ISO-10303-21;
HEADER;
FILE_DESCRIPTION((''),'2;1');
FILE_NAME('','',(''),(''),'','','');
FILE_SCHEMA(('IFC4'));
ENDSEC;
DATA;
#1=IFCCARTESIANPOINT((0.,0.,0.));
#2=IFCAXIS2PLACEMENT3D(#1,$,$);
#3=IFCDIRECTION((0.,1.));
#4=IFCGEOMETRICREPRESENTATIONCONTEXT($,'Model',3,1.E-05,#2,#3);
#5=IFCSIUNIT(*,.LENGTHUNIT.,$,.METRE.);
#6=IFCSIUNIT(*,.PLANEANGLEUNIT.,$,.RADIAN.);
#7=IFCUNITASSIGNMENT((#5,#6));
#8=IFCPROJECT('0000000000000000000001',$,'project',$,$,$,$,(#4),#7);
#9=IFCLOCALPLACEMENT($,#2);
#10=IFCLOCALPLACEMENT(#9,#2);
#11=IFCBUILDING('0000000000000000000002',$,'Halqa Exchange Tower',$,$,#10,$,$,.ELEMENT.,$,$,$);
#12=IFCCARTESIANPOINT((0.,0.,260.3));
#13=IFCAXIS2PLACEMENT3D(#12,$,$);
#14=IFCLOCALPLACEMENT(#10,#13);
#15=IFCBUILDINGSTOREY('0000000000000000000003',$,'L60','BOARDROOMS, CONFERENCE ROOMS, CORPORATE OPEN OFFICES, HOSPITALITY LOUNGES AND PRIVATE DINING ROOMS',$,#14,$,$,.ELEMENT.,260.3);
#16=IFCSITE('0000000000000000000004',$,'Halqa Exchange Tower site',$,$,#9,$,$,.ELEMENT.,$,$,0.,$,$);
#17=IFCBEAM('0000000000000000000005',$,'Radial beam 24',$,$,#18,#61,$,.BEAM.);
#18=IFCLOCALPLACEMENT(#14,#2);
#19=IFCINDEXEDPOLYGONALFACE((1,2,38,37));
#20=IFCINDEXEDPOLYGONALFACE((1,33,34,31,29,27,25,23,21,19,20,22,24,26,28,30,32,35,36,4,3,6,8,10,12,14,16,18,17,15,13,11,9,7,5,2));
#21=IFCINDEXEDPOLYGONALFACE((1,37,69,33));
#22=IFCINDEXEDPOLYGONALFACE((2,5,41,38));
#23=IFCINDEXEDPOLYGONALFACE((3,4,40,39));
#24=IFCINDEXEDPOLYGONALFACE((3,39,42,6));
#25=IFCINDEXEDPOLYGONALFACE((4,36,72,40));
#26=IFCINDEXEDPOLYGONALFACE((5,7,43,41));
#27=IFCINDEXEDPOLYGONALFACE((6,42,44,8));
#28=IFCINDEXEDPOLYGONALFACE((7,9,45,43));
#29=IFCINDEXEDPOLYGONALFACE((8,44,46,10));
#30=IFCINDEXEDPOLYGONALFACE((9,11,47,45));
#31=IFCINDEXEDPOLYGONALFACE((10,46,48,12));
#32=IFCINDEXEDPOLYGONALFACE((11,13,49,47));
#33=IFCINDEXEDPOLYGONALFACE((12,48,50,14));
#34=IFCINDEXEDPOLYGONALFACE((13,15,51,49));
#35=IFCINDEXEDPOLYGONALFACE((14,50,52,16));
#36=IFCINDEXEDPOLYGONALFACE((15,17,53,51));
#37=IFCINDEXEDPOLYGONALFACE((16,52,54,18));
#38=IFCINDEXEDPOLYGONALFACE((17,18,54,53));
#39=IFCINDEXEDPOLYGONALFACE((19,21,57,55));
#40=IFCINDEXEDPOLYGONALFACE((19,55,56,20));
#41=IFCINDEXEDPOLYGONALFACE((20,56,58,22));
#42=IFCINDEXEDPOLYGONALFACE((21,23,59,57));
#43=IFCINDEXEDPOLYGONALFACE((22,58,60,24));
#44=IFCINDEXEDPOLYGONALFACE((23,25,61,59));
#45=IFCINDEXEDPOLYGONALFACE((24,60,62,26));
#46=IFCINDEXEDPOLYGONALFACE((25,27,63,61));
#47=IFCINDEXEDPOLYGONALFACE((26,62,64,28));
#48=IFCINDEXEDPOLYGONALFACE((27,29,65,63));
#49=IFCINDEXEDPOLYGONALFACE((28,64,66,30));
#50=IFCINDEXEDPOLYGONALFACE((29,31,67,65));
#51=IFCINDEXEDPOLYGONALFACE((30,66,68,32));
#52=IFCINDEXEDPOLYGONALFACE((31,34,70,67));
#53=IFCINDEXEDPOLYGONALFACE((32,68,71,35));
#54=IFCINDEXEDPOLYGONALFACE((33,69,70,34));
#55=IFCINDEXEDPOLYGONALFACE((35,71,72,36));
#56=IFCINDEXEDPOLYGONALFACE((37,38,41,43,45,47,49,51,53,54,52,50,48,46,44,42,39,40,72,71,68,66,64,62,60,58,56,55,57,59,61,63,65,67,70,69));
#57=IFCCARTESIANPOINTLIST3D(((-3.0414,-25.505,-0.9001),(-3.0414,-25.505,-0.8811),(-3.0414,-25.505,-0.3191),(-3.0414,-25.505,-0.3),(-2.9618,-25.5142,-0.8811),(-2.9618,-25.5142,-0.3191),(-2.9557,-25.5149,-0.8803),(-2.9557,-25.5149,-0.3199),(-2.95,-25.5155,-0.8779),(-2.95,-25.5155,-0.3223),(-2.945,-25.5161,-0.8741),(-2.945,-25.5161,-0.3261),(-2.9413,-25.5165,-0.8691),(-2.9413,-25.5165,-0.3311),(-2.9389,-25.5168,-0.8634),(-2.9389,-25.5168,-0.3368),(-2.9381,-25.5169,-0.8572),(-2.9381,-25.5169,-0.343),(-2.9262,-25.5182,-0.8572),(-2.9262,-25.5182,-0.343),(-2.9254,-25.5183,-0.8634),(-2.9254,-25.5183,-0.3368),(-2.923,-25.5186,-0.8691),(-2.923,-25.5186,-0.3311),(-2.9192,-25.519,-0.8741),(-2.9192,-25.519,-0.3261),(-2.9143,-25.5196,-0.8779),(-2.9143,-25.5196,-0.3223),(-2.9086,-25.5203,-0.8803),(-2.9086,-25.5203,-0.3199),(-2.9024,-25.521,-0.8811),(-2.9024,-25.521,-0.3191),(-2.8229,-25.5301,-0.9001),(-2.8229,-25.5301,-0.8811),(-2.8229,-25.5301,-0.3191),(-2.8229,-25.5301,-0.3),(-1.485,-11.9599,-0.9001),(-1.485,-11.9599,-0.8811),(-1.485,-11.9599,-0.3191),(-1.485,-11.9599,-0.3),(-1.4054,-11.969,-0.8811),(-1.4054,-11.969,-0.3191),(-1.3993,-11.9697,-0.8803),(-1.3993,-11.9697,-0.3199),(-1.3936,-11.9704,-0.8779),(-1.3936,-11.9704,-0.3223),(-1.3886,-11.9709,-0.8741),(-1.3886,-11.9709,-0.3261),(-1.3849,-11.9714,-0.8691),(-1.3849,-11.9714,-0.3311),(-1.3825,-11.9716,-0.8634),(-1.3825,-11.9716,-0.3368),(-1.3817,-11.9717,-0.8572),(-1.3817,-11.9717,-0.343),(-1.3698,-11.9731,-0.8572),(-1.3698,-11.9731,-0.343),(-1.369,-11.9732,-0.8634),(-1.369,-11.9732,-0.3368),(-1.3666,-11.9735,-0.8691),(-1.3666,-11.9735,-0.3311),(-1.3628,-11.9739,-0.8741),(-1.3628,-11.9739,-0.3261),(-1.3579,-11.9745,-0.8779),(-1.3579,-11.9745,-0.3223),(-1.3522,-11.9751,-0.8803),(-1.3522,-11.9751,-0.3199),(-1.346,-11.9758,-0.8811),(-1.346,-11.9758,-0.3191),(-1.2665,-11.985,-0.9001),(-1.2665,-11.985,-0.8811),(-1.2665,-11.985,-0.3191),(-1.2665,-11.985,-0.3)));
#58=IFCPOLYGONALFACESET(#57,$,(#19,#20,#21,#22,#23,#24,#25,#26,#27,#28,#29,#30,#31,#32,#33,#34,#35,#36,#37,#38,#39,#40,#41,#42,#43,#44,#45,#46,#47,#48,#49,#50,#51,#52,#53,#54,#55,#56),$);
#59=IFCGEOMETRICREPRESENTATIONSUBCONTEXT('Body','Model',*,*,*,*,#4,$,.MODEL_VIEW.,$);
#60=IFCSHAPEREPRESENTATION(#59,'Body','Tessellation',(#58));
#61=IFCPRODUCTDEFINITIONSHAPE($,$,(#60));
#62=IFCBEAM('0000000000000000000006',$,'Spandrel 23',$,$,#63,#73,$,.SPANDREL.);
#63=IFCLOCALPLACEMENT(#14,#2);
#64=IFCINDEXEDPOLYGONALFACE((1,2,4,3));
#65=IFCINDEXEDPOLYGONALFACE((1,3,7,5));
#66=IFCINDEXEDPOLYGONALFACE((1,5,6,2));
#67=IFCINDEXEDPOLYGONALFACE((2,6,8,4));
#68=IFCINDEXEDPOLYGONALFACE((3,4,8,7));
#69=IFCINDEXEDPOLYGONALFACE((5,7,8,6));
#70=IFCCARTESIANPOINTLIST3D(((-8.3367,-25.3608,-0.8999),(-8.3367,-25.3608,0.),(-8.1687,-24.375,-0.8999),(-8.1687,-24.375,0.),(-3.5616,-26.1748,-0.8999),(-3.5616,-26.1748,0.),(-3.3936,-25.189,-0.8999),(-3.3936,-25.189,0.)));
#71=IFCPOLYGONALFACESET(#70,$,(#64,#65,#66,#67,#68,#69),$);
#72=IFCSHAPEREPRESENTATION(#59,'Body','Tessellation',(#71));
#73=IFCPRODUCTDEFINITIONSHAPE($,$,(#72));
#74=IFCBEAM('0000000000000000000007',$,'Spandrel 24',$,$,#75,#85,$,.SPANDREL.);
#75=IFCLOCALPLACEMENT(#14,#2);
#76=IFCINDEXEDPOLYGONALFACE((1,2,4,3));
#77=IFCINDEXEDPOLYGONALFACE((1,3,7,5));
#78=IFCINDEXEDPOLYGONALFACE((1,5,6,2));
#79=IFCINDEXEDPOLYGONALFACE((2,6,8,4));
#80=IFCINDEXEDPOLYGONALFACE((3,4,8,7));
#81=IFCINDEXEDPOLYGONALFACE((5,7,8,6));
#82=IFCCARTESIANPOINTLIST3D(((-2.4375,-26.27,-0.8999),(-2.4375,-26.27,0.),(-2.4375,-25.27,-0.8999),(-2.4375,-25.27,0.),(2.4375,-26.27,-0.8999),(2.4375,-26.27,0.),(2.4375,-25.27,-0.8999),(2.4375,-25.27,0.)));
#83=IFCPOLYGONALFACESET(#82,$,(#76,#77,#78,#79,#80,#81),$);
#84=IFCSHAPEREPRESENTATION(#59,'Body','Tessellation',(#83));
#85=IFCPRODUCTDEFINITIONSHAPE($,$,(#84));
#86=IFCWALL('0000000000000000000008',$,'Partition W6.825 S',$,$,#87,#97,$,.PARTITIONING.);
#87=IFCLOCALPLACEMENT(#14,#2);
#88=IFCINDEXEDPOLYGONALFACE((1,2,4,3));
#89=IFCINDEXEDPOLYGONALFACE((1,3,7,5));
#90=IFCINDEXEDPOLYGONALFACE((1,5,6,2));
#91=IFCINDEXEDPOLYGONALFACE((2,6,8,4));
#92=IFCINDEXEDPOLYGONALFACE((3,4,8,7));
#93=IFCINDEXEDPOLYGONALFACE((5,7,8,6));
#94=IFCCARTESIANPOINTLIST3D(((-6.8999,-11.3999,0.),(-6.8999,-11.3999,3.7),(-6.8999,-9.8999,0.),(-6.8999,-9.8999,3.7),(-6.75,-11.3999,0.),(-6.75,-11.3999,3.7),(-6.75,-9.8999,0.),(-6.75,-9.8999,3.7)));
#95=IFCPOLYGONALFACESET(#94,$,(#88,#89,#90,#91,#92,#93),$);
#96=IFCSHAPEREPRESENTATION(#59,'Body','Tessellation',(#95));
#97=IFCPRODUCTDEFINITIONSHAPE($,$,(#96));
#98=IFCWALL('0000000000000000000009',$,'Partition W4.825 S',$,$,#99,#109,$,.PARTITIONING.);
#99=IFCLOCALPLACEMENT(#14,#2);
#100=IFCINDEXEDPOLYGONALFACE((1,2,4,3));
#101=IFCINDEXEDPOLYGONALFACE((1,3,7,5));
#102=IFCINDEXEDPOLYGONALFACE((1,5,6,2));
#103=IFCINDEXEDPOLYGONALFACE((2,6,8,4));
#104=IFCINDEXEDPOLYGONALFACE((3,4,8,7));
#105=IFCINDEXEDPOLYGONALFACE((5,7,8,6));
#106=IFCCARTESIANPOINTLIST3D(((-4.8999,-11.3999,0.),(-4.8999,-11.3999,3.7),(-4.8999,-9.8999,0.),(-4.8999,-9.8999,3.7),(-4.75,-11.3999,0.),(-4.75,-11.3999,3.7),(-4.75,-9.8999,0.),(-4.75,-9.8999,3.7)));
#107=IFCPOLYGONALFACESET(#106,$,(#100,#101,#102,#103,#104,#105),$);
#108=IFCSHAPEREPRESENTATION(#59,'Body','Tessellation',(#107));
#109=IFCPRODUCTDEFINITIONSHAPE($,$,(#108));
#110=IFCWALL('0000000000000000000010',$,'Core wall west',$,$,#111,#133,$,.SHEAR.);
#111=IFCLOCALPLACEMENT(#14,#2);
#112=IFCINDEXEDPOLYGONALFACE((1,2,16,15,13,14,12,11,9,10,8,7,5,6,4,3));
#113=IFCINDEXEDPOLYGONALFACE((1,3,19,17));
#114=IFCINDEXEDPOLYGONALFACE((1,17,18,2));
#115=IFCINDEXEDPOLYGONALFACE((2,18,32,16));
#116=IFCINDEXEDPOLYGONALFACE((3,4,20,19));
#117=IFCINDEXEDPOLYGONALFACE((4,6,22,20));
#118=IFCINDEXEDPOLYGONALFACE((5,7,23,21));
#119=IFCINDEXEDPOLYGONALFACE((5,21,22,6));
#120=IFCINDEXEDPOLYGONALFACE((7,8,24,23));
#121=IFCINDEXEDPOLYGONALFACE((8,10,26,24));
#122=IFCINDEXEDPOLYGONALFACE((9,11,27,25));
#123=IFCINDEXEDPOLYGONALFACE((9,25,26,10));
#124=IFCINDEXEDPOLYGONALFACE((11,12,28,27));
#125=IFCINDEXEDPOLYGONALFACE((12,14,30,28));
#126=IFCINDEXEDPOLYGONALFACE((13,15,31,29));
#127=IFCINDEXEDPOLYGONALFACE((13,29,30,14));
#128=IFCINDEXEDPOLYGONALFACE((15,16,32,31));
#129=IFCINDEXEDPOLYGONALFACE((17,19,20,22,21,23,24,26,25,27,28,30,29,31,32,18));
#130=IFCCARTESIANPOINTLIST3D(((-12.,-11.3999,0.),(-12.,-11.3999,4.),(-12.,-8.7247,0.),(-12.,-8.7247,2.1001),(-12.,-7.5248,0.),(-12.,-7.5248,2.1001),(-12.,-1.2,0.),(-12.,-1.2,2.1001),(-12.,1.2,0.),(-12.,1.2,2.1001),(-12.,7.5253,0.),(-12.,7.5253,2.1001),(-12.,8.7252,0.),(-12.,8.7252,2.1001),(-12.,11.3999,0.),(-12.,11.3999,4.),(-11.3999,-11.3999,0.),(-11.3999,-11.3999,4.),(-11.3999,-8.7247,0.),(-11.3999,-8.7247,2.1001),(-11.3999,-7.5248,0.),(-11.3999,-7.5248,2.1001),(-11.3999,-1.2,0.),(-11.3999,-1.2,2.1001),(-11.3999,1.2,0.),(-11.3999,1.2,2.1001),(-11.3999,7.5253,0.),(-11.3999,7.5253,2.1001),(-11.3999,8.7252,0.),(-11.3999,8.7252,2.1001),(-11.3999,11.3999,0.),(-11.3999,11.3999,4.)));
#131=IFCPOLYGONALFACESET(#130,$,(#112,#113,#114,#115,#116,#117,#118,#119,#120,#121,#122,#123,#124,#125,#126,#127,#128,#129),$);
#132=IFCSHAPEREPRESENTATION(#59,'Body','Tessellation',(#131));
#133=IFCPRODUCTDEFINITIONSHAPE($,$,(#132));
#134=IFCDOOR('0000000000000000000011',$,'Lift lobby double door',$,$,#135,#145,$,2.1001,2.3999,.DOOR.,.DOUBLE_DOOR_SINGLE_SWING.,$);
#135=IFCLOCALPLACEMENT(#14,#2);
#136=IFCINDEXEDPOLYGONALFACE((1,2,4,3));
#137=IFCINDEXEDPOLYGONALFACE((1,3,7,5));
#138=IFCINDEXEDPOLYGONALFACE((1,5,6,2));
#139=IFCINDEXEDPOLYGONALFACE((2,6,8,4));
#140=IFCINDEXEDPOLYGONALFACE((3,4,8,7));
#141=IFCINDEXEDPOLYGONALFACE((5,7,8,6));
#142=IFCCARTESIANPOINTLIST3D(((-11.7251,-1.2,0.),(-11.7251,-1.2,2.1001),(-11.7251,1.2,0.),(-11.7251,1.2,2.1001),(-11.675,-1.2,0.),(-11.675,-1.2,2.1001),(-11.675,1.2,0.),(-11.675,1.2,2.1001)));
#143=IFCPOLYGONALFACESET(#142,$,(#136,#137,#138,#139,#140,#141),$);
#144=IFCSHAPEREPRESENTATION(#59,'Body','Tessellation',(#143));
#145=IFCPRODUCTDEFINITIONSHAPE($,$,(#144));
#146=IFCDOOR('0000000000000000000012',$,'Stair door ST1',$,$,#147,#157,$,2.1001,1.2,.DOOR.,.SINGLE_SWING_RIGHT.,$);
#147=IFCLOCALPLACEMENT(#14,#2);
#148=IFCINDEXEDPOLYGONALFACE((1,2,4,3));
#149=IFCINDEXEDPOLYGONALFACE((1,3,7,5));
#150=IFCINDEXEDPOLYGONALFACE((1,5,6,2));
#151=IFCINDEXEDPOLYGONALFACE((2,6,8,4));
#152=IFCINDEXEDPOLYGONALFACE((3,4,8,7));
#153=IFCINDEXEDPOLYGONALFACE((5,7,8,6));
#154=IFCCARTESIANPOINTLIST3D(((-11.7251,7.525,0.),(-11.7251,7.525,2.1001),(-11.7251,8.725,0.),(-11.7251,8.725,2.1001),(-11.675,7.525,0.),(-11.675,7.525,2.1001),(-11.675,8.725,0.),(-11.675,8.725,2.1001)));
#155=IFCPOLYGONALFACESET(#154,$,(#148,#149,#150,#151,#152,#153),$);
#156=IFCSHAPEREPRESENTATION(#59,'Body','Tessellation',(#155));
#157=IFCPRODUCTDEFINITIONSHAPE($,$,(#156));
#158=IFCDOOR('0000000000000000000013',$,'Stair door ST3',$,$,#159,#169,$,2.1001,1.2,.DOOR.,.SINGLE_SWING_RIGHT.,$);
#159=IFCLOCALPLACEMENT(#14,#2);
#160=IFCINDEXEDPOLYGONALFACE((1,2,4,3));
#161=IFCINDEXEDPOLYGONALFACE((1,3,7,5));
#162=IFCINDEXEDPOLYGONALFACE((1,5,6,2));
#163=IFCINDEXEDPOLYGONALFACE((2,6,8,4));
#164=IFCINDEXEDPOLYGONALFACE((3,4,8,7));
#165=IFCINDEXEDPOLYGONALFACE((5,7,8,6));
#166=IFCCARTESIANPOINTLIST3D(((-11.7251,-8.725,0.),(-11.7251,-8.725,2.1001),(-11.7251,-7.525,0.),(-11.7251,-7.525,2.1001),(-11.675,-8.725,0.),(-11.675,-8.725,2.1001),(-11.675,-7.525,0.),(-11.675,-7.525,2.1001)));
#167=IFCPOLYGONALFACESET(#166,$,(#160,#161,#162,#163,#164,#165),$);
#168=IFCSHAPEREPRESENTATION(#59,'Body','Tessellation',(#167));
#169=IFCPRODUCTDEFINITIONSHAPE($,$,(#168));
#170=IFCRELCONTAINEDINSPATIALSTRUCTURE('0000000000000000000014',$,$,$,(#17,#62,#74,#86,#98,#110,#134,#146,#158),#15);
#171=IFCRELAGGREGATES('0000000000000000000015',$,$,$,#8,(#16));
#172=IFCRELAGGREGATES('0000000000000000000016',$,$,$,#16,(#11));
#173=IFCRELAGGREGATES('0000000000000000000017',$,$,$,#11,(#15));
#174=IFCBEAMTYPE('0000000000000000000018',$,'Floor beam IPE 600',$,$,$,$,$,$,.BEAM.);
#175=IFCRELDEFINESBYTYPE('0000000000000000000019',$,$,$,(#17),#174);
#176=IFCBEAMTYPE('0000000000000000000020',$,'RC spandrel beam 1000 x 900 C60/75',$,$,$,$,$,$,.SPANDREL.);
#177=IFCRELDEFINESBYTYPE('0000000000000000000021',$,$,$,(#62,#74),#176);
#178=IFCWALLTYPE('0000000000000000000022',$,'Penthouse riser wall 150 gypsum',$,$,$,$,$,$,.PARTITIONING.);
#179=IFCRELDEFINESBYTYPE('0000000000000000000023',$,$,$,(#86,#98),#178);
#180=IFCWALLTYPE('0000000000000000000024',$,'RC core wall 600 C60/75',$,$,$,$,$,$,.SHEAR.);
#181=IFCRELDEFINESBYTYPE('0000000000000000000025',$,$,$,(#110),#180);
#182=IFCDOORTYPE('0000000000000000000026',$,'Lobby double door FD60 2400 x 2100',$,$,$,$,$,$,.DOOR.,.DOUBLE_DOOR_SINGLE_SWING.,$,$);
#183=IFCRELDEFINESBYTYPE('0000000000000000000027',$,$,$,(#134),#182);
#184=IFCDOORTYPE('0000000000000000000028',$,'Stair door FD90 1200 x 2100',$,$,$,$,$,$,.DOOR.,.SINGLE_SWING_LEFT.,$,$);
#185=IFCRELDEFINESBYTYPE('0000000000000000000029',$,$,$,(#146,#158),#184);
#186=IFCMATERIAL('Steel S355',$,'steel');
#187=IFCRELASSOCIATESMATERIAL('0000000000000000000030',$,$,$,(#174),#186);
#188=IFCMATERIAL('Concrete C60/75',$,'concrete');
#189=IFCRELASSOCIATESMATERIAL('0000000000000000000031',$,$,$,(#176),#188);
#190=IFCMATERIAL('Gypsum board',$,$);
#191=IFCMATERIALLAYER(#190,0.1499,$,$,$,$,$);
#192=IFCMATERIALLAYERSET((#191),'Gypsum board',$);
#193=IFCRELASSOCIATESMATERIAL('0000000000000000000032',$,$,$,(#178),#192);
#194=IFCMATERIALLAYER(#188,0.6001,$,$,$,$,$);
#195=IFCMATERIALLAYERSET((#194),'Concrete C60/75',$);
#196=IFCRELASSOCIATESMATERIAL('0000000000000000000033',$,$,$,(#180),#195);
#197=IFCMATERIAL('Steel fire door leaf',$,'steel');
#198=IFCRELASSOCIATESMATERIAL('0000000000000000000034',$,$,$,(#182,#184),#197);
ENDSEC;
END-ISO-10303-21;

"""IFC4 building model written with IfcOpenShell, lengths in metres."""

from ifc_helpers import new_model, si_unit, direction, frame, frame_2d, origin, origin_2d, place, context, subcontext, project, spatial, rectangle, i_section, extrude, material, layer, layer_set, material_profile, profile_set, type_object, element, fill, save


model = new_model("IFC4")

# Units and contexts
model_context = context("Model", 3, precision=1e-05, world=origin(), true_north=direction((0.0, 1.0)))
body_context = subcontext(model_context, "Body", "Model", "MODEL_VIEW")
ifc_project = project(units=[si_unit("LENGTHUNIT", "METRE"), si_unit("PLANEANGLEUNIT", "RADIAN")], contexts=[model_context])

# Site, building, storey
site_placement = place(None, origin())
site = spatial("IfcSite", under=ifc_project, at=site_placement, Name="Halqa Exchange Tower site", CompositionType="ELEMENT", RefElevation=0.0)
building_placement = place(site_placement, origin())
building = spatial("IfcBuilding", under=site, at=building_placement, Name="Halqa Exchange Tower", CompositionType="ELEMENT")
storey_placement = place(building_placement, frame((0.0, 0.0, 260.3)))
storey = spatial("IfcBuildingStorey", under=building, at=storey_placement, Name="L60", Description="BOARDROOMS, CONFERENCE ROOMS, CORPORATE OPEN OFFICES, HOSPITALITY LOUNGES AND PRIVATE DINING ROOMS", CompositionType="ELEMENT", Elevation=260.3)

# Shared definitions
ifc_material_1 = material(Name="Concrete C60/75", Category="concrete")

# Beams
ifc_material_2 = material(Name="Steel S355", Category="steel")
ifc_material_profile_1 = material_profile(ifc_material_2, i_section(OverallWidth=0.22, OverallDepth=0.6001, WebThickness=0.012, FlangeThickness=0.019, FilletRadius=0.0239, at=origin_2d()), Name="IPE 600")
ifc_profile_set_1 = profile_set([ifc_material_profile_1], Name="Steel S355")
beam_type_1 = type_object("IfcBeamType", Name="Floor beam IPE 600", PredefinedType="BEAM", material=ifc_profile_set_1)
beam_1_placement = place(storey_placement, frame((-1.3757, -11.9724, -0.6001), z_axis=(-0.114153, -0.993463, 0.0), x_axis=(0.993463, -0.114153, 0.0)))
element("IfcBeam", 1, at=beam_1_placement, inside=storey, type_object=beam_type_1, Name="Radial beam 24", PredefinedType="BEAM", context=body_context, shape_type="SweptSolid", body=[
    extrude(i_section(OverallWidth=0.22, OverallDepth=0.6001, WebThickness=0.012, FlangeThickness=0.019, FilletRadius=0.0239, at=origin_2d()), origin(), (0.0, 0.0, 1.0), 13.6343),
])
ifc_material_profile_2 = material_profile(ifc_material_1, rectangle(XDim=1.0, YDim=0.8999, at=origin_2d()), Name="1000 x 900")
ifc_profile_set_2 = profile_set([ifc_material_profile_2], Name="Concrete C60/75")
beam_type_2 = type_object("IfcBeamType", Name="RC spandrel beam 1000 x 900 C60/75", PredefinedType="SPANDREL", material=ifc_profile_set_2)
beam_2_placement = place(storey_placement, frame((-8.2527, -24.8679, -0.45), z_axis=(0.985781, -0.168035, 0.0), x_axis=(0.168035, 0.985781, 0.0)))
element("IfcBeam", 2, at=beam_2_placement, inside=storey, type_object=beam_type_2, Name="Spandrel 23", PredefinedType="SPANDREL", context=body_context, shape_type="SweptSolid", body=[
    extrude(rectangle(XDim=1.0, YDim=0.8999, at=origin_2d()), origin(), (0.0, 0.0, 1.0), 4.844),
])
beam_3_placement = place(storey_placement, frame((-2.4375, -25.77, -0.45), z_axis=(1.0, 0.0, 0.0), x_axis=(0.0, 1.0, 0.0)))
element("IfcBeam", 3, at=beam_3_placement, inside=storey, type_object=beam_type_2, Name="Spandrel 24", PredefinedType="SPANDREL", context=body_context, shape_type="SweptSolid", body=[
    extrude(rectangle(XDim=1.0, YDim=0.8999, at=origin_2d()), origin(), (0.0, 0.0, 1.0), 4.875),
])

# Walls
ifc_material_3 = material(Name="Gypsum board")
ifc_layer_1 = layer(ifc_material_3, 0.1499)
ifc_layer_set_1 = layer_set([ifc_layer_1], Name="Gypsum board")
wall_type_1 = type_object("IfcWallType", Name="Penthouse riser wall 150 gypsum", PredefinedType="PARTITIONING", material=ifc_layer_set_1)
for number, where, z_axis, x_axis, name in (
    (4, (-6.825, -11.3999, 0.0), (0.0, 0.0, 1.0), (0.0, 1.0, 0.0), "Partition W6.825 S"),
    (5, (-4.825, -11.3999, 0.0), (0.0, 0.0, 1.0), (0.0, 1.0, 0.0), "Partition W4.825 S"),
):
    element("IfcWall", number, at=place(storey_placement, frame(where, z_axis=z_axis, x_axis=x_axis)), inside=storey, type_object=wall_type_1, Name=name, PredefinedType="PARTITIONING", context=body_context, shape_type="SweptSolid", body=[
        extrude(rectangle(XDim=1.5, YDim=0.1499, at=frame_2d((0.75, 0.0))), origin(), (0.0, 0.0, 1.0), 3.7),
    ])

# Wall, openings, doors
ifc_layer_2 = layer(ifc_material_1, 0.6001)
ifc_layer_set_2 = layer_set([ifc_layer_2], Name="Concrete C60/75")
wall_type_2 = type_object("IfcWallType", Name="RC core wall 600 C60/75", PredefinedType="SHEAR", material=ifc_layer_set_2)
wall_1_placement = place(storey_placement, frame((-11.7, -11.3999, 0.0), z_axis=(0.0, 0.0, 1.0), x_axis=(0.0, 1.0, 0.0)))
wall_1 = element("IfcWall", 6, at=wall_1_placement, inside=storey, type_object=wall_type_2, Name="Core wall west", PredefinedType="SHEAR", context=body_context, shape_type="SweptSolid", body=[
    extrude(rectangle(XDim=22.7998, YDim=0.6001, at=frame_2d((11.3999, 0.0))), origin(), (0.0, 0.0, 1.0), 4.0),
])
opening_1_placement = place(wall_1_placement, frame((10.2, 0.0, 0.0)))
opening_1 = element("IfcOpeningElement", 7, at=opening_1_placement, cuts=wall_1, PredefinedType="OPENING", context=body_context, shape_type="SweptSolid", body=[
    extrude(rectangle(XDim=2.3999, YDim=2.1001, at=frame_2d((1.2, 1.05))), frame((0.0, 0.312, 0.0), z_axis=(0.0, -1.0, 0.0), x_axis=(1.0, 0.0, 0.0)), (0.0, 0.0, 1.0), 0.624),
])
opening_2_placement = place(wall_1_placement, frame((18.925, 0.0, 0.0)))
opening_2 = element("IfcOpeningElement", 8, at=opening_2_placement, cuts=wall_1, PredefinedType="OPENING", context=body_context, shape_type="SweptSolid", body=[
    extrude(rectangle(XDim=1.2, YDim=2.1001, at=frame_2d((0.6001, 1.05))), frame((0.0, 0.312, 0.0), z_axis=(0.0, -1.0, 0.0), x_axis=(1.0, 0.0, 0.0)), (0.0, 0.0, 1.0), 0.624),
])
opening_3_placement = place(wall_1_placement, frame((2.675, 0.0, 0.0)))
opening_3 = element("IfcOpeningElement", 9, at=opening_3_placement, cuts=wall_1, PredefinedType="OPENING", context=body_context, shape_type="SweptSolid", body=[
    extrude(rectangle(XDim=1.2, YDim=2.1001, at=frame_2d((0.6001, 1.05))), frame((0.0, 0.312, 0.0), z_axis=(0.0, -1.0, 0.0), x_axis=(1.0, 0.0, 0.0)), (0.0, 0.0, 1.0), 0.624),
])
ifc_material_4 = material(Name="Steel fire door leaf", Category="steel")
door_type_1 = type_object("IfcDoorType", Name="Lobby double door FD60 2400 x 2100", OperationType="DOUBLE_DOOR_SINGLE_SWING", PredefinedType="DOOR", material=ifc_material_4)
door_1_placement = place(opening_1_placement, frame((2.3999, 0.0, 0.0), z_axis=(0.0, 0.0, 1.0), x_axis=(-1.0, 0.0, 0.0)))
door_1 = element("IfcDoor", 10, at=door_1_placement, inside=storey, type_object=door_type_1, Name="Lift lobby double door", OperationType="DOUBLE_DOOR_SINGLE_SWING", OverallHeight=2.1001, OverallWidth=2.3999, PredefinedType="DOOR", context=body_context, shape_type="SweptSolid", body=[
    extrude(rectangle(XDim=2.3999, YDim=2.1001, at=frame_2d((1.2, 1.05))), frame((0.0, 0.0249, 0.0), z_axis=(0.0, -1.0, 0.0), x_axis=(1.0, 0.0, 0.0)), (0.0, 0.0, 1.0), 0.05),
])
fill(opening_1, door_1)
door_type_2 = type_object("IfcDoorType", Name="Stair door FD90 1200 x 2100", OperationType="SINGLE_SWING_LEFT", PredefinedType="DOOR", material=ifc_material_4)
door_2_placement = place(opening_2_placement, frame((1.2, 0.0, 0.0), z_axis=(0.0, 0.0, 1.0), x_axis=(-1.0, 0.0, 0.0)))
door_2 = element("IfcDoor", 11, at=door_2_placement, inside=storey, type_object=door_type_2, Name="Stair door ST1", OperationType="SINGLE_SWING_RIGHT", OverallHeight=2.1001, OverallWidth=1.2, PredefinedType="DOOR", context=body_context, shape_type="SweptSolid", body=[
    extrude(rectangle(XDim=1.2, YDim=2.1001, at=frame_2d((0.6001, 1.05))), frame((0.0, 0.0249, 0.0), z_axis=(0.0, -1.0, 0.0), x_axis=(1.0, 0.0, 0.0)), (0.0, 0.0, 1.0), 0.05),
])
fill(opening_2, door_2)
door_3_placement = place(opening_3_placement, frame((1.2, 0.0, 0.0), z_axis=(0.0, 0.0, 1.0), x_axis=(-1.0, 0.0, 0.0)))
door_3 = element("IfcDoor", 12, at=door_3_placement, inside=storey, type_object=door_type_2, Name="Stair door ST3", OperationType="SINGLE_SWING_RIGHT", OverallHeight=2.1001, OverallWidth=1.2, PredefinedType="DOOR", context=body_context, shape_type="SweptSolid", body=[
    extrude(rectangle(XDim=1.2, YDim=2.1001, at=frame_2d((0.6001, 1.05))), frame((0.0, 0.0249, 0.0), z_axis=(0.0, -1.0, 0.0), x_axis=(1.0, 0.0, 0.0)), (0.0, 0.0, 1.0), 0.05),
])
fill(opening_3, door_3)

save(model, "model.ifc")
